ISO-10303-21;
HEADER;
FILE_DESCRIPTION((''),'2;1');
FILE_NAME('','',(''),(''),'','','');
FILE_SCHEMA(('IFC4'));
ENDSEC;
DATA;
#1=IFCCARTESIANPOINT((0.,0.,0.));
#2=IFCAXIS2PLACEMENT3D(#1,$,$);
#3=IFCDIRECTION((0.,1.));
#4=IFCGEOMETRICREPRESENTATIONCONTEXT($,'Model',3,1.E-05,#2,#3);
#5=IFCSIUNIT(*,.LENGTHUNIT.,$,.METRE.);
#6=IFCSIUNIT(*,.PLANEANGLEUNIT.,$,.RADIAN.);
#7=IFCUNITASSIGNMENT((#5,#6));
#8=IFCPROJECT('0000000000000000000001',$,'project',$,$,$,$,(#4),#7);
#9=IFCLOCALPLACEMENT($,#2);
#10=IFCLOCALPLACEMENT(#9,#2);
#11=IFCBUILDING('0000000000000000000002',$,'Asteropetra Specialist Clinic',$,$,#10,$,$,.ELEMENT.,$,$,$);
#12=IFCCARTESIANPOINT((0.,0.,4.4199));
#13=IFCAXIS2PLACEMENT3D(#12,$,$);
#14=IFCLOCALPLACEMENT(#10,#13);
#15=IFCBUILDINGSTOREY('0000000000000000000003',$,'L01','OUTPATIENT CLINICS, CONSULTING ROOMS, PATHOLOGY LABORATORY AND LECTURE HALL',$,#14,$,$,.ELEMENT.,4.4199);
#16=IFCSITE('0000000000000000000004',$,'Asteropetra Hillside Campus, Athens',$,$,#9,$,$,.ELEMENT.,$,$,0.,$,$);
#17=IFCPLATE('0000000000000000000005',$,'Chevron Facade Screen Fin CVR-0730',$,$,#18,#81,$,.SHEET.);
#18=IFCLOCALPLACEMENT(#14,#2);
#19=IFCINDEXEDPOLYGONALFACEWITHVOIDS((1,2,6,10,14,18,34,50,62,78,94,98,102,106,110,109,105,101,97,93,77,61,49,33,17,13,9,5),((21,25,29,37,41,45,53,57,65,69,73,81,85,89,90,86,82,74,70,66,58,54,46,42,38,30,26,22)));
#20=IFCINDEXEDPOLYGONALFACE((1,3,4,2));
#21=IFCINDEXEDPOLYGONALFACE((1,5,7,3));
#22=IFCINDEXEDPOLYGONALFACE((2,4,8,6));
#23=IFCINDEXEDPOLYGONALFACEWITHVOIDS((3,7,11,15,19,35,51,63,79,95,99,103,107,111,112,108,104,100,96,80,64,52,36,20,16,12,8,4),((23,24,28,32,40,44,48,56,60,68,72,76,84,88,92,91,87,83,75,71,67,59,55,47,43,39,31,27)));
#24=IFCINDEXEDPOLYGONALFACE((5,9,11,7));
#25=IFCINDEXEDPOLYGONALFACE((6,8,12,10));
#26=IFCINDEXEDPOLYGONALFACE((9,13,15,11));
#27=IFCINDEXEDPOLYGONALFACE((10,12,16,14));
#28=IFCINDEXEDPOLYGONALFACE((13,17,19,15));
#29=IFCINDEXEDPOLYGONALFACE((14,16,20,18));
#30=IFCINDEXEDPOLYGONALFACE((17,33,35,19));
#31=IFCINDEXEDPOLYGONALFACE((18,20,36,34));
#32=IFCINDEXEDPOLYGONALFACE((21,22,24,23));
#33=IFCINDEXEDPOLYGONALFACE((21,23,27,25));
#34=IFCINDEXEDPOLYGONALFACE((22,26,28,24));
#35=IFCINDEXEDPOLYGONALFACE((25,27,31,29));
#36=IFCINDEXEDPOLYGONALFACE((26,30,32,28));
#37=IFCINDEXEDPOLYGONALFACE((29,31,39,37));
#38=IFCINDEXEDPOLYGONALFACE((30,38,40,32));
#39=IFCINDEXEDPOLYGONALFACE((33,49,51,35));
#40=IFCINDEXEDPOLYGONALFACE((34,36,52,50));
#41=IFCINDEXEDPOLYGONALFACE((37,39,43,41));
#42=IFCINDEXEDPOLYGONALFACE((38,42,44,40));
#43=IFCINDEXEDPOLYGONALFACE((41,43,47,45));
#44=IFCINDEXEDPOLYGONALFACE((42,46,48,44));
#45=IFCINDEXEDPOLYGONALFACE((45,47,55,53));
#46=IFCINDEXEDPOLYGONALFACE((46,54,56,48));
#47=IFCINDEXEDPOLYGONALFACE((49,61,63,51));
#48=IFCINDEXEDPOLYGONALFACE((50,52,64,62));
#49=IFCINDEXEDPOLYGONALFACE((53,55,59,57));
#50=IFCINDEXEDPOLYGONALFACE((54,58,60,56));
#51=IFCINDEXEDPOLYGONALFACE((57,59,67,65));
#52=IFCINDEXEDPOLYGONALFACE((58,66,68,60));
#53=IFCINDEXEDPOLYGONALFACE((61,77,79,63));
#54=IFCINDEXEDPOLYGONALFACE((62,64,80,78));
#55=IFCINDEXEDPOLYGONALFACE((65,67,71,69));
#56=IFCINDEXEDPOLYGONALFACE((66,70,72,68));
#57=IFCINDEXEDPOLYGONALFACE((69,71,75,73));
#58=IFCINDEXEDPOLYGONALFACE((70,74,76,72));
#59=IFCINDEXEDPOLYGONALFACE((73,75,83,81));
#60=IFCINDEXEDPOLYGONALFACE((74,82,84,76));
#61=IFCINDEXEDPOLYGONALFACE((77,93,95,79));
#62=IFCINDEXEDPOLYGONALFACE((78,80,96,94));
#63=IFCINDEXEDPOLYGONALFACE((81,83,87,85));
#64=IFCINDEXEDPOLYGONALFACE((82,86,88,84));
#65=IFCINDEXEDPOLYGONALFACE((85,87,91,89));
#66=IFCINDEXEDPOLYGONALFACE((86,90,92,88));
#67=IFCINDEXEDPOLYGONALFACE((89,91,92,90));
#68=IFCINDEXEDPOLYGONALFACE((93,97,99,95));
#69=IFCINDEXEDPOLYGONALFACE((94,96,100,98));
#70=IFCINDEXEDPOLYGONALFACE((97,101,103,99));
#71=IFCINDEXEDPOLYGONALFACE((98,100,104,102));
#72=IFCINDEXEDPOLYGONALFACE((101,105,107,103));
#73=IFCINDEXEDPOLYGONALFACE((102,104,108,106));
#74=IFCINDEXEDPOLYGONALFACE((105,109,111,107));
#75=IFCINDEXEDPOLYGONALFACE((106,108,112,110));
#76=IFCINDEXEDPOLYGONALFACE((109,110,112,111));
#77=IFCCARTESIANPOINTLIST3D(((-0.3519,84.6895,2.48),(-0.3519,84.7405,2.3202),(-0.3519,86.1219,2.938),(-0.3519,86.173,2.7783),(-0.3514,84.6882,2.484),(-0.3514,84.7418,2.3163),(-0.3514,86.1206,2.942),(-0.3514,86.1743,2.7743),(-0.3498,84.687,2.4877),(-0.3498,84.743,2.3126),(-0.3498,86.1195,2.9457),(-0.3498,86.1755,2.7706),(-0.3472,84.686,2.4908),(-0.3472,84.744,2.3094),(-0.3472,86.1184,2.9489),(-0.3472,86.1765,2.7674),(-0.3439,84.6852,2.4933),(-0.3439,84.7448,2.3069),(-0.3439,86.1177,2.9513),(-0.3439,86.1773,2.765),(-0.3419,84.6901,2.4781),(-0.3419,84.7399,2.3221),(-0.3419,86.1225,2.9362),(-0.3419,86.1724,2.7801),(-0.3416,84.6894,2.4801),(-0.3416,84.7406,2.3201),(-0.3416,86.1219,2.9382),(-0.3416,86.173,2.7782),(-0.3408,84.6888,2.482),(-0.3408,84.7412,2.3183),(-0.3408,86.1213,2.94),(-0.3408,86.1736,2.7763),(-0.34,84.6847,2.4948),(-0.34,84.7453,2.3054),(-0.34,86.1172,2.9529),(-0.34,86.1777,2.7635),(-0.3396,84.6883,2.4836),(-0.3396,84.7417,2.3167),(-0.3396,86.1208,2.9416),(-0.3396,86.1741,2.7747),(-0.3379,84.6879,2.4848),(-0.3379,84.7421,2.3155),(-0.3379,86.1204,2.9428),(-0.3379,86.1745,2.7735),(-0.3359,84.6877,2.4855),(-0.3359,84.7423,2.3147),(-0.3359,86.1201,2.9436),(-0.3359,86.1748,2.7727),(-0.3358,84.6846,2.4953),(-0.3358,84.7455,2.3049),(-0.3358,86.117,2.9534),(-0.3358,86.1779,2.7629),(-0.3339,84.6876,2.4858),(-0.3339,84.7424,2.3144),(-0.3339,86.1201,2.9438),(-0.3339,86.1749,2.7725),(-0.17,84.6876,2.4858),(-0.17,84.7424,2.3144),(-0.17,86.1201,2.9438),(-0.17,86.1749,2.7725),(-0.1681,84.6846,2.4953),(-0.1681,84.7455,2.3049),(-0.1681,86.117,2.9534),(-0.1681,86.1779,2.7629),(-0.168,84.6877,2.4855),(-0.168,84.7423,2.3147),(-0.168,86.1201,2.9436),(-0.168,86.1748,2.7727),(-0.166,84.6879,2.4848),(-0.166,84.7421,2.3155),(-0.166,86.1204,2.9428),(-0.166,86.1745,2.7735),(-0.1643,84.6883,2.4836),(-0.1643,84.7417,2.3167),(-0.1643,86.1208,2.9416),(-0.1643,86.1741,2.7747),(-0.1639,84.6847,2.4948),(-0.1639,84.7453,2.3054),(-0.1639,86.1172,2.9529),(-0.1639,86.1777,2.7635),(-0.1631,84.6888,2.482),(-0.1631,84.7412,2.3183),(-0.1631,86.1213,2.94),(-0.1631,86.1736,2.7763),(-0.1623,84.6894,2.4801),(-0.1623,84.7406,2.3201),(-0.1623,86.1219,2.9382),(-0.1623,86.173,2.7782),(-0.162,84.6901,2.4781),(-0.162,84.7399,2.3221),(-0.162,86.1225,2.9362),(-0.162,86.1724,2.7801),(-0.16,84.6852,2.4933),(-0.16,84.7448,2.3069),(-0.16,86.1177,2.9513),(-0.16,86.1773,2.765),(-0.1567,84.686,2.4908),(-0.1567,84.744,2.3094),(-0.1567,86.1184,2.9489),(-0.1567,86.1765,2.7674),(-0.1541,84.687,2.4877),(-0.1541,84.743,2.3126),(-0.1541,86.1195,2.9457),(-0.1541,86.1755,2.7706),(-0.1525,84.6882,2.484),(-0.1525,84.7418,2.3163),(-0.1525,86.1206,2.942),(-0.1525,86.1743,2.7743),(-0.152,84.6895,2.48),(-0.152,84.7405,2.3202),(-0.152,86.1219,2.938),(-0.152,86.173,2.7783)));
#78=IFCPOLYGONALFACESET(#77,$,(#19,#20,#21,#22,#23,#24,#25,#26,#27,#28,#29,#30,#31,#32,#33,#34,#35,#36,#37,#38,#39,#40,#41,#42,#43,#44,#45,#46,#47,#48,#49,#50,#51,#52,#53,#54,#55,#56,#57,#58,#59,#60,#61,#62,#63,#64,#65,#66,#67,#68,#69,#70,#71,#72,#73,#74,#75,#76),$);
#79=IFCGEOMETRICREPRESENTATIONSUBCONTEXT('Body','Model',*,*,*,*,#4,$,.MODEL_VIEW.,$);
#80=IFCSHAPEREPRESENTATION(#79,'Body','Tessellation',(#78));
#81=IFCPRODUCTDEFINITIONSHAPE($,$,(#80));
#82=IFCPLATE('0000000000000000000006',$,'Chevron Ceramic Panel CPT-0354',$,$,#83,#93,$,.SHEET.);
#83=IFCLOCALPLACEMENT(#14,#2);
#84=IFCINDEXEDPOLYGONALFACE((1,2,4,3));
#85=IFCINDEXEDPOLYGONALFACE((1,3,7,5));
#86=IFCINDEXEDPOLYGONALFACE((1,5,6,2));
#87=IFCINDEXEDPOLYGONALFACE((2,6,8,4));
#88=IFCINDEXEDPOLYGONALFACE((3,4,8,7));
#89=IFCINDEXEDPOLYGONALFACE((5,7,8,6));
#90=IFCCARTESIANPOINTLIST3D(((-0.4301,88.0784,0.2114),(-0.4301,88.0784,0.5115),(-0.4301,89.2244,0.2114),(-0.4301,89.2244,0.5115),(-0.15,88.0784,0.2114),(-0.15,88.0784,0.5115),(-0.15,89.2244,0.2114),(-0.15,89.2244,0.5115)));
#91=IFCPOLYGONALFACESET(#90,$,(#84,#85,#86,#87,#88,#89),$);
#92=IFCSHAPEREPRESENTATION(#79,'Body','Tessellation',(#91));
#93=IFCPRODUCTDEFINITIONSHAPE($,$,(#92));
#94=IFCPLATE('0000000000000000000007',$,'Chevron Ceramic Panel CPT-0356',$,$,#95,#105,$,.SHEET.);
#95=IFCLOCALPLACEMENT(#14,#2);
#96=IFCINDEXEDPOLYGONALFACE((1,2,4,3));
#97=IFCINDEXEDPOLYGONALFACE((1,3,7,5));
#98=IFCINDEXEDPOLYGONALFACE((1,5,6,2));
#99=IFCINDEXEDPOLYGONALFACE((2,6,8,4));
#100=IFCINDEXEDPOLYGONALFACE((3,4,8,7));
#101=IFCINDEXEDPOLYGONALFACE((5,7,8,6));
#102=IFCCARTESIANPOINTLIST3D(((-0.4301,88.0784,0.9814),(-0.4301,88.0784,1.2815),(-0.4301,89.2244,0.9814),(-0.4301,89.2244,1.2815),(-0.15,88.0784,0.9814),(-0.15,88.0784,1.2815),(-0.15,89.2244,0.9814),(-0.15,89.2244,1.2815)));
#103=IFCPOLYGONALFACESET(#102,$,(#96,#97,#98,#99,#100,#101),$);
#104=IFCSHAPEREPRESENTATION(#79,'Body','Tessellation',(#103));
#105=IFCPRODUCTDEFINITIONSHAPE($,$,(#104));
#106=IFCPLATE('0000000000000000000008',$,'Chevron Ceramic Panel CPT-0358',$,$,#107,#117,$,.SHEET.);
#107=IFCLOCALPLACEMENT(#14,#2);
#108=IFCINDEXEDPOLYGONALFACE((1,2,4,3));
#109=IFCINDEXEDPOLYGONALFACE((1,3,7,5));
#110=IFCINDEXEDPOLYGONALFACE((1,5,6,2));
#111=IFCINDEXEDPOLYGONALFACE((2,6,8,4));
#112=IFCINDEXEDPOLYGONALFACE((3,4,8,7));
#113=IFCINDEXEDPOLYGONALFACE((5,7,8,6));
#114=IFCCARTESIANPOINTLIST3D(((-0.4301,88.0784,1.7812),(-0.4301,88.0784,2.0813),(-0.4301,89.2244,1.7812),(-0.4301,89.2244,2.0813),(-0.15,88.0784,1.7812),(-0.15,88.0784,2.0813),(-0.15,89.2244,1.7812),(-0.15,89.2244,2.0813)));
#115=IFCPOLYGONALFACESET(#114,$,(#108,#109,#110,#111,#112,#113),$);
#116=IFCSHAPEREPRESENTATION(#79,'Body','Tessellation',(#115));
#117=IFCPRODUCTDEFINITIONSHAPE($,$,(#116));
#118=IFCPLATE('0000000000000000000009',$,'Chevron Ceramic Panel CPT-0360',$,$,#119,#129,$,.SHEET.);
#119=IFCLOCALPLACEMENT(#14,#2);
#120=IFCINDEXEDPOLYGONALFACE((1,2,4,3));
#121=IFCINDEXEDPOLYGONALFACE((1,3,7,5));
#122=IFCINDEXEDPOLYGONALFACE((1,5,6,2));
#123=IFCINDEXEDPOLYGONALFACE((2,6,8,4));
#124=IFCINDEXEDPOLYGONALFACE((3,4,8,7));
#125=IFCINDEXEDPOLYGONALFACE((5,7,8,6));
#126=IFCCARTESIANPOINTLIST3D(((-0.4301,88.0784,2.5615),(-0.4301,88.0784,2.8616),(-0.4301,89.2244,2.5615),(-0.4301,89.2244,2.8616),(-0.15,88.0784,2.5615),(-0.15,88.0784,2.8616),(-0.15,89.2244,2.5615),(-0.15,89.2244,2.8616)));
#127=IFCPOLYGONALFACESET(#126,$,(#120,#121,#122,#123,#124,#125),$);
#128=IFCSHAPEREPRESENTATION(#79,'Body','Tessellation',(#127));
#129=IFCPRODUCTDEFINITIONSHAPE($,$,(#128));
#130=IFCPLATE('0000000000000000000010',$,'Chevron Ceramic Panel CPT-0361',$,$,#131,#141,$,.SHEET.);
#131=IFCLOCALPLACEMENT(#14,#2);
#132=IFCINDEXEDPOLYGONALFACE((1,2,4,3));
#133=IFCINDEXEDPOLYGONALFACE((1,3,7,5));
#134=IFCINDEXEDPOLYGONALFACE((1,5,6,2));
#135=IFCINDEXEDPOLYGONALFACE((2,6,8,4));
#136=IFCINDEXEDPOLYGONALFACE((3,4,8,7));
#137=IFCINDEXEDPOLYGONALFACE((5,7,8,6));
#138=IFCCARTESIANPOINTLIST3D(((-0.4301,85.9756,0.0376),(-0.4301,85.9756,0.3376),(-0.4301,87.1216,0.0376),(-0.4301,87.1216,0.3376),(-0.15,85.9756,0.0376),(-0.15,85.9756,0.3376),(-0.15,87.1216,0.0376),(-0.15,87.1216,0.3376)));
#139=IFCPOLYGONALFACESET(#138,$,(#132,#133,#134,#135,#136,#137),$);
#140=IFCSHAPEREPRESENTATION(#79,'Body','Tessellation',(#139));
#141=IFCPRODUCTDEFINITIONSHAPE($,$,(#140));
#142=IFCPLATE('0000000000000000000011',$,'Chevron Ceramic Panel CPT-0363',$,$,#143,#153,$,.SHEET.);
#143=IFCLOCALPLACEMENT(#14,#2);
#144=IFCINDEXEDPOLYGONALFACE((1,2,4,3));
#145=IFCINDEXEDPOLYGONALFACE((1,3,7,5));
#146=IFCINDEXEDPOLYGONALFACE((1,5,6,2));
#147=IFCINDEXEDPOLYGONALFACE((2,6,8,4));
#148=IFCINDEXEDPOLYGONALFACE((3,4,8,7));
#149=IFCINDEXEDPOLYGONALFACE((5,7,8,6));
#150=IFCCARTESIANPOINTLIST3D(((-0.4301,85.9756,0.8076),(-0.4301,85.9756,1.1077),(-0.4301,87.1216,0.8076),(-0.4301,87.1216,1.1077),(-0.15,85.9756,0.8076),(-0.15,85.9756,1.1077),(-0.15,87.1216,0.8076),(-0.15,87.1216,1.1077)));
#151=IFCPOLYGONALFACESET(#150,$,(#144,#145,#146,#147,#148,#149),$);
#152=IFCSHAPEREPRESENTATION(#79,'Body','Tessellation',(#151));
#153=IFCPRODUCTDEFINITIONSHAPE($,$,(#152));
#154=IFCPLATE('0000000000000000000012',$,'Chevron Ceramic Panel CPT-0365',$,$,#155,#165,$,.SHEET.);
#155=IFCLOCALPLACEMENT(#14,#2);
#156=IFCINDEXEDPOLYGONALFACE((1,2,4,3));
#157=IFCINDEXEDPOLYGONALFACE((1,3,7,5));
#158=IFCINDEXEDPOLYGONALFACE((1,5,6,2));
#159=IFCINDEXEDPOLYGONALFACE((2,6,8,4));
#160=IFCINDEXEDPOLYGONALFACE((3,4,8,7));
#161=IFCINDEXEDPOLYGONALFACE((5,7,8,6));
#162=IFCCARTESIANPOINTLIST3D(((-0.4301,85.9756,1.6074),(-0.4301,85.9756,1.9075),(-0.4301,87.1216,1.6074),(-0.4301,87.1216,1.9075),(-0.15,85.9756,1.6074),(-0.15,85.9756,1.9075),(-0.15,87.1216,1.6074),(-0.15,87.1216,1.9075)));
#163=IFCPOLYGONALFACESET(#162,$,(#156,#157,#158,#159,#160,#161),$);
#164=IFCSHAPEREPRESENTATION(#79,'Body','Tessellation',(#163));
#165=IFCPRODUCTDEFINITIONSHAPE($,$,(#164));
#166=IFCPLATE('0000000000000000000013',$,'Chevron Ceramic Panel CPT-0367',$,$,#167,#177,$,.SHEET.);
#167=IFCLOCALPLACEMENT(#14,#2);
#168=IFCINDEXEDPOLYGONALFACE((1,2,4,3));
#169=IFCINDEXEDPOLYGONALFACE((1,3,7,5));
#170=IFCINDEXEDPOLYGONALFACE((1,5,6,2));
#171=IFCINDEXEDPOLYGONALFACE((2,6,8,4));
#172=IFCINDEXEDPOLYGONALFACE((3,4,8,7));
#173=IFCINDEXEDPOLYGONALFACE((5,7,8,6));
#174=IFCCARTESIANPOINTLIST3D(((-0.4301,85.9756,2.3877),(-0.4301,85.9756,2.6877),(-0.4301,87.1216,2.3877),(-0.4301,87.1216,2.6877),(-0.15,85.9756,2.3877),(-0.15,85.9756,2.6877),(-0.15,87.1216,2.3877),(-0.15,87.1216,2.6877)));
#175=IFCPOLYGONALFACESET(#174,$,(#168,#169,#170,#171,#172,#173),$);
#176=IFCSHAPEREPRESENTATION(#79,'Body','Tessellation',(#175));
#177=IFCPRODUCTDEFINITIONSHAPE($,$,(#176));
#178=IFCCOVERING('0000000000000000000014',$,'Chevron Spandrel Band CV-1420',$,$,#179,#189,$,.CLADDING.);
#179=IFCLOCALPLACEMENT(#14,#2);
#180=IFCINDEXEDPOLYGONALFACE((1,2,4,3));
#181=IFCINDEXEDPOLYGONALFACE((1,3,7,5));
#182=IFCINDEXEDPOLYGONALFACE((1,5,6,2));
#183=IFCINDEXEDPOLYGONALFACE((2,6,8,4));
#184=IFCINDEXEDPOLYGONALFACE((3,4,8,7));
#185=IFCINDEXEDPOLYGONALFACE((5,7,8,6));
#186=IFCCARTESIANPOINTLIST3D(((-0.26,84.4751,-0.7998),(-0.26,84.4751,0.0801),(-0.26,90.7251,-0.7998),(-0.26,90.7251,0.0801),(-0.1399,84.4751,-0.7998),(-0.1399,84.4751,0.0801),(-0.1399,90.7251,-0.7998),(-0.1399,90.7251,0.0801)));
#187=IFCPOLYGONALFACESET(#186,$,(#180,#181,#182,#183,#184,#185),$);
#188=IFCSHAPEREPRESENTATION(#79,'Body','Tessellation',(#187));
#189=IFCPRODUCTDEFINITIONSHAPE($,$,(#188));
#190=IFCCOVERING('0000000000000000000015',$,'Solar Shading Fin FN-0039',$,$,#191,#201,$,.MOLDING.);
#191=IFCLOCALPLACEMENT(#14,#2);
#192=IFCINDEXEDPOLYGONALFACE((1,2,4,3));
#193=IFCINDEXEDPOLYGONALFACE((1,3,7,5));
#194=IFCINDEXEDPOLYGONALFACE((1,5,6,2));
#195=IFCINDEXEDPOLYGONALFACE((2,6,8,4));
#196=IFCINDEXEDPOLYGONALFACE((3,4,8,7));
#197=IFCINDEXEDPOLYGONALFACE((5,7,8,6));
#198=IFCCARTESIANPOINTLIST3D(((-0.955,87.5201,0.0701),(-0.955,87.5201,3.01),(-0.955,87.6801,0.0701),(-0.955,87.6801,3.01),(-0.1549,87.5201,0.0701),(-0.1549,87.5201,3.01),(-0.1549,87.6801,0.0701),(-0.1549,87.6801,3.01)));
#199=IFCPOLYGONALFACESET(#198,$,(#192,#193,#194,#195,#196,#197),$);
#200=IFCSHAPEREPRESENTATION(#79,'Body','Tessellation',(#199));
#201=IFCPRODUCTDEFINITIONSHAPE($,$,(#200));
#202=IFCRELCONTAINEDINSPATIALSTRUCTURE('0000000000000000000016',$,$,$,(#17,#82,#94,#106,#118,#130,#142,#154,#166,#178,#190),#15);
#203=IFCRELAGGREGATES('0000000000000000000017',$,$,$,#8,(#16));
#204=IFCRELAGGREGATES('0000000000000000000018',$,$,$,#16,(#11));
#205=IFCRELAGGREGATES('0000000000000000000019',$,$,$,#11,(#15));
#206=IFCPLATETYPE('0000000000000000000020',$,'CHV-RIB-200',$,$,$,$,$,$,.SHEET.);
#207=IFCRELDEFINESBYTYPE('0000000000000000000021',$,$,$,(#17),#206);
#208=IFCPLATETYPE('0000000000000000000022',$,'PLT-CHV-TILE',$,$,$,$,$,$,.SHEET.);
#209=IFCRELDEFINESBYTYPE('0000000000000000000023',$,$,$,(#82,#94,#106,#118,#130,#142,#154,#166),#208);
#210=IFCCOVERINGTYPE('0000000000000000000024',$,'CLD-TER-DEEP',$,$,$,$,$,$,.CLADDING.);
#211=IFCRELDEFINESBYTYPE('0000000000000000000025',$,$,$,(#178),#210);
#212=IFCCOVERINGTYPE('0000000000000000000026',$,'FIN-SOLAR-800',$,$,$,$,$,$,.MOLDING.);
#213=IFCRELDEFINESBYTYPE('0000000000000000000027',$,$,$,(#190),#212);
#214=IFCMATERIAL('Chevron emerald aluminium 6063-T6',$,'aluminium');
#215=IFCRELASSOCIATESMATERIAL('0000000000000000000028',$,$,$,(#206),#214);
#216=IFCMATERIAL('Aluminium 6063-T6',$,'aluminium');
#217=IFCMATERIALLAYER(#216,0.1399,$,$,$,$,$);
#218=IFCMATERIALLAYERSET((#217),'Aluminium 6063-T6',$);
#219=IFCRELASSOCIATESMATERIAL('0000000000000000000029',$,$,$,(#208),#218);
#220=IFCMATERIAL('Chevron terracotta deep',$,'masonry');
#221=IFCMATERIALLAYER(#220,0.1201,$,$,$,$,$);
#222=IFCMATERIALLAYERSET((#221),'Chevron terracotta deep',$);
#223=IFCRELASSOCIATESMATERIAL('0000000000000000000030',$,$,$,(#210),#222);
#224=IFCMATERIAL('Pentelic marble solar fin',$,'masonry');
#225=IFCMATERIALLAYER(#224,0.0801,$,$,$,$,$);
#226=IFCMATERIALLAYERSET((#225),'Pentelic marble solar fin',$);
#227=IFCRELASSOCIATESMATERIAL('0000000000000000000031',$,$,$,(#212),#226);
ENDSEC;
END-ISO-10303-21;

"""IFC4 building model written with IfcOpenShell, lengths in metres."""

from ifc_helpers import new_model, si_unit, direction, frame, origin, origin_2d, place, context, subcontext, project, spatial, rectangle, hollow_rectangle, extrude, material, layer, layer_set, material_profile, profile_set, type_object, element, save


model = new_model("IFC4")

# Units and contexts
model_context = context("Model", 3, precision=1e-05, world=origin(), true_north=direction((0.0, 1.0)))
body_context = subcontext(model_context, "Body", "Model", "MODEL_VIEW")
ifc_project = project(units=[si_unit("LENGTHUNIT", "METRE"), si_unit("PLANEANGLEUNIT", "RADIAN")], contexts=[model_context])

# Site, building, storey
site_placement = place(None, origin())
site = spatial("IfcSite", under=ifc_project, at=site_placement, Name="Asteropetra Hillside Campus, Athens", CompositionType="ELEMENT", RefElevation=0.0)
building_placement = place(site_placement, origin())
building = spatial("IfcBuilding", under=site, at=building_placement, Name="Asteropetra Specialist Clinic", CompositionType="ELEMENT")
storey_placement = place(building_placement, frame((0.0, 0.0, 4.4199)))
storey = spatial("IfcBuildingStorey", under=building, at=storey_placement, Name="L01", Description="OUTPATIENT CLINICS, CONSULTING ROOMS, PATHOLOGY LABORATORY AND LECTURE HALL", CompositionType="ELEMENT", Elevation=4.4199)

# Plates
ifc_material_1 = material(Name="Chevron emerald aluminium 6063-T6", Category="aluminium")
ifc_material_profile = material_profile(ifc_material_1, hollow_rectangle(XDim=0.2, YDim=0.2, WallThickness=0.01, InnerFilletRadius=0.0081, OuterFilletRadius=0.0161, at=origin_2d()), Name="SHS 200x200x10.0")
ifc_profile_set = profile_set([ifc_material_profile], Name="Chevron emerald aluminium 6063-T6")
plate_type_1 = type_object("IfcPlateType", Name="CHV-RIB-200", PredefinedType="SHEET", material=ifc_profile_set)
plate_1_placement = place(storey_placement, frame((-0.252, 86.1475, 2.8582), z_axis=(0.0, -0.952492, -0.304564), x_axis=(1.0, 0.0, 0.0)))
element("IfcPlate", 1, at=plate_1_placement, inside=storey, type_object=plate_type_1, Name="Chevron Facade Screen Fin CVR-0730", PredefinedType="SHEET", context=body_context, shape_type="SweptSolid", body=[
    extrude(hollow_rectangle(XDim=0.2, YDim=0.2, WallThickness=0.01, InnerFilletRadius=0.0081, OuterFilletRadius=0.0161, at=origin_2d()), origin(), (0.0, 0.0, 1.0), 1.5039),
])
ifc_material_2 = material(Name="Aluminium 6063-T6", Category="aluminium")
ifc_layer_1 = layer(ifc_material_2, 0.1399)
ifc_layer_set_1 = layer_set([ifc_layer_1], Name="Aluminium 6063-T6")
plate_type_2 = type_object("IfcPlateType", Name="PLT-CHV-TILE", PredefinedType="SHEET", material=ifc_layer_set_1)
for number, where, z_axis, x_axis, name in (
    (2, (-0.29, 88.6514, 0.2114), (0.0, 0.0, 1.0), (1.0, 0.0, 0.0), "Chevron Ceramic Panel CPT-0354"),
    (3, (-0.29, 88.6514, 0.9814), (0.0, 0.0, 1.0), (1.0, 0.0, 0.0), "Chevron Ceramic Panel CPT-0356"),
    (4, (-0.29, 88.6514, 1.7812), (0.0, 0.0, 1.0), (1.0, 0.0, 0.0), "Chevron Ceramic Panel CPT-0358"),
    (5, (-0.29, 88.6514, 2.5615), (0.0, 0.0, 1.0), (1.0, 0.0, 0.0), "Chevron Ceramic Panel CPT-0360"),
    (6, (-0.29, 86.5486, 0.0376), (0.0, 0.0, 1.0), (1.0, 0.0, 0.0), "Chevron Ceramic Panel CPT-0361"),
    (7, (-0.29, 86.5486, 0.8076), (0.0, 0.0, 1.0), (1.0, 0.0, 0.0), "Chevron Ceramic Panel CPT-0363"),
    (8, (-0.29, 86.5486, 1.6074), (0.0, 0.0, 1.0), (1.0, 0.0, 0.0), "Chevron Ceramic Panel CPT-0365"),
    (9, (-0.29, 86.5486, 2.3877), (0.0, 0.0, 1.0), (1.0, 0.0, 0.0), "Chevron Ceramic Panel CPT-0367"),
):
    element("IfcPlate", number, at=place(storey_placement, frame(where, z_axis=z_axis, x_axis=x_axis)), inside=storey, type_object=plate_type_2, Name=name, PredefinedType="SHEET", context=body_context, shape_type="SweptSolid", body=[
        extrude(rectangle(XDim=0.28, YDim=1.146, at=origin_2d()), origin(), (0.0, 0.0, 1.0), 0.3),
    ])

# Coverings
ifc_material_3 = material(Name="Chevron terracotta deep", Category="masonry")
ifc_layer_2 = layer(ifc_material_3, 0.1201)
ifc_layer_set_2 = layer_set([ifc_layer_2], Name="Chevron terracotta deep")
covering_type_1 = type_object("IfcCoveringType", Name="CLD-TER-DEEP", PredefinedType="CLADDING", material=ifc_layer_set_2)
covering_1_placement = place(storey_placement, frame((-0.2, 87.6001, -0.7998), z_axis=(0.0, 0.0, 1.0), x_axis=(1.0, 0.0, 0.0)))
element("IfcCovering", 10, at=covering_1_placement, inside=storey, type_object=covering_type_1, Name="Chevron Spandrel Band CV-1420", PredefinedType="CLADDING", context=body_context, shape_type="SweptSolid", body=[
    extrude(rectangle(XDim=0.1201, YDim=6.25, at=origin_2d()), origin(), (0.0, 0.0, 1.0), 0.8799),
])
ifc_material_4 = material(Name="Pentelic marble solar fin", Category="masonry")
ifc_layer_3 = layer(ifc_material_4, 0.0801)
ifc_layer_set_3 = layer_set([ifc_layer_3], Name="Pentelic marble solar fin")
covering_type_2 = type_object("IfcCoveringType", Name="FIN-SOLAR-800", PredefinedType="MOLDING", material=ifc_layer_set_3)
covering_2_placement = place(storey_placement, frame((-0.5549, 87.6001, 0.0701), z_axis=(0.0, 0.0, 1.0), x_axis=(1.0, 0.0, 0.0)))
element("IfcCovering", 11, at=covering_2_placement, inside=storey, type_object=covering_type_2, Name="Solar Shading Fin FN-0039", PredefinedType="MOLDING", context=body_context, shape_type="SweptSolid", body=[
    extrude(rectangle(XDim=0.8, YDim=0.1599, at=origin_2d()), origin(), (0.0, 0.0, 1.0), 2.9399),
])

save(model, "model.ifc")
